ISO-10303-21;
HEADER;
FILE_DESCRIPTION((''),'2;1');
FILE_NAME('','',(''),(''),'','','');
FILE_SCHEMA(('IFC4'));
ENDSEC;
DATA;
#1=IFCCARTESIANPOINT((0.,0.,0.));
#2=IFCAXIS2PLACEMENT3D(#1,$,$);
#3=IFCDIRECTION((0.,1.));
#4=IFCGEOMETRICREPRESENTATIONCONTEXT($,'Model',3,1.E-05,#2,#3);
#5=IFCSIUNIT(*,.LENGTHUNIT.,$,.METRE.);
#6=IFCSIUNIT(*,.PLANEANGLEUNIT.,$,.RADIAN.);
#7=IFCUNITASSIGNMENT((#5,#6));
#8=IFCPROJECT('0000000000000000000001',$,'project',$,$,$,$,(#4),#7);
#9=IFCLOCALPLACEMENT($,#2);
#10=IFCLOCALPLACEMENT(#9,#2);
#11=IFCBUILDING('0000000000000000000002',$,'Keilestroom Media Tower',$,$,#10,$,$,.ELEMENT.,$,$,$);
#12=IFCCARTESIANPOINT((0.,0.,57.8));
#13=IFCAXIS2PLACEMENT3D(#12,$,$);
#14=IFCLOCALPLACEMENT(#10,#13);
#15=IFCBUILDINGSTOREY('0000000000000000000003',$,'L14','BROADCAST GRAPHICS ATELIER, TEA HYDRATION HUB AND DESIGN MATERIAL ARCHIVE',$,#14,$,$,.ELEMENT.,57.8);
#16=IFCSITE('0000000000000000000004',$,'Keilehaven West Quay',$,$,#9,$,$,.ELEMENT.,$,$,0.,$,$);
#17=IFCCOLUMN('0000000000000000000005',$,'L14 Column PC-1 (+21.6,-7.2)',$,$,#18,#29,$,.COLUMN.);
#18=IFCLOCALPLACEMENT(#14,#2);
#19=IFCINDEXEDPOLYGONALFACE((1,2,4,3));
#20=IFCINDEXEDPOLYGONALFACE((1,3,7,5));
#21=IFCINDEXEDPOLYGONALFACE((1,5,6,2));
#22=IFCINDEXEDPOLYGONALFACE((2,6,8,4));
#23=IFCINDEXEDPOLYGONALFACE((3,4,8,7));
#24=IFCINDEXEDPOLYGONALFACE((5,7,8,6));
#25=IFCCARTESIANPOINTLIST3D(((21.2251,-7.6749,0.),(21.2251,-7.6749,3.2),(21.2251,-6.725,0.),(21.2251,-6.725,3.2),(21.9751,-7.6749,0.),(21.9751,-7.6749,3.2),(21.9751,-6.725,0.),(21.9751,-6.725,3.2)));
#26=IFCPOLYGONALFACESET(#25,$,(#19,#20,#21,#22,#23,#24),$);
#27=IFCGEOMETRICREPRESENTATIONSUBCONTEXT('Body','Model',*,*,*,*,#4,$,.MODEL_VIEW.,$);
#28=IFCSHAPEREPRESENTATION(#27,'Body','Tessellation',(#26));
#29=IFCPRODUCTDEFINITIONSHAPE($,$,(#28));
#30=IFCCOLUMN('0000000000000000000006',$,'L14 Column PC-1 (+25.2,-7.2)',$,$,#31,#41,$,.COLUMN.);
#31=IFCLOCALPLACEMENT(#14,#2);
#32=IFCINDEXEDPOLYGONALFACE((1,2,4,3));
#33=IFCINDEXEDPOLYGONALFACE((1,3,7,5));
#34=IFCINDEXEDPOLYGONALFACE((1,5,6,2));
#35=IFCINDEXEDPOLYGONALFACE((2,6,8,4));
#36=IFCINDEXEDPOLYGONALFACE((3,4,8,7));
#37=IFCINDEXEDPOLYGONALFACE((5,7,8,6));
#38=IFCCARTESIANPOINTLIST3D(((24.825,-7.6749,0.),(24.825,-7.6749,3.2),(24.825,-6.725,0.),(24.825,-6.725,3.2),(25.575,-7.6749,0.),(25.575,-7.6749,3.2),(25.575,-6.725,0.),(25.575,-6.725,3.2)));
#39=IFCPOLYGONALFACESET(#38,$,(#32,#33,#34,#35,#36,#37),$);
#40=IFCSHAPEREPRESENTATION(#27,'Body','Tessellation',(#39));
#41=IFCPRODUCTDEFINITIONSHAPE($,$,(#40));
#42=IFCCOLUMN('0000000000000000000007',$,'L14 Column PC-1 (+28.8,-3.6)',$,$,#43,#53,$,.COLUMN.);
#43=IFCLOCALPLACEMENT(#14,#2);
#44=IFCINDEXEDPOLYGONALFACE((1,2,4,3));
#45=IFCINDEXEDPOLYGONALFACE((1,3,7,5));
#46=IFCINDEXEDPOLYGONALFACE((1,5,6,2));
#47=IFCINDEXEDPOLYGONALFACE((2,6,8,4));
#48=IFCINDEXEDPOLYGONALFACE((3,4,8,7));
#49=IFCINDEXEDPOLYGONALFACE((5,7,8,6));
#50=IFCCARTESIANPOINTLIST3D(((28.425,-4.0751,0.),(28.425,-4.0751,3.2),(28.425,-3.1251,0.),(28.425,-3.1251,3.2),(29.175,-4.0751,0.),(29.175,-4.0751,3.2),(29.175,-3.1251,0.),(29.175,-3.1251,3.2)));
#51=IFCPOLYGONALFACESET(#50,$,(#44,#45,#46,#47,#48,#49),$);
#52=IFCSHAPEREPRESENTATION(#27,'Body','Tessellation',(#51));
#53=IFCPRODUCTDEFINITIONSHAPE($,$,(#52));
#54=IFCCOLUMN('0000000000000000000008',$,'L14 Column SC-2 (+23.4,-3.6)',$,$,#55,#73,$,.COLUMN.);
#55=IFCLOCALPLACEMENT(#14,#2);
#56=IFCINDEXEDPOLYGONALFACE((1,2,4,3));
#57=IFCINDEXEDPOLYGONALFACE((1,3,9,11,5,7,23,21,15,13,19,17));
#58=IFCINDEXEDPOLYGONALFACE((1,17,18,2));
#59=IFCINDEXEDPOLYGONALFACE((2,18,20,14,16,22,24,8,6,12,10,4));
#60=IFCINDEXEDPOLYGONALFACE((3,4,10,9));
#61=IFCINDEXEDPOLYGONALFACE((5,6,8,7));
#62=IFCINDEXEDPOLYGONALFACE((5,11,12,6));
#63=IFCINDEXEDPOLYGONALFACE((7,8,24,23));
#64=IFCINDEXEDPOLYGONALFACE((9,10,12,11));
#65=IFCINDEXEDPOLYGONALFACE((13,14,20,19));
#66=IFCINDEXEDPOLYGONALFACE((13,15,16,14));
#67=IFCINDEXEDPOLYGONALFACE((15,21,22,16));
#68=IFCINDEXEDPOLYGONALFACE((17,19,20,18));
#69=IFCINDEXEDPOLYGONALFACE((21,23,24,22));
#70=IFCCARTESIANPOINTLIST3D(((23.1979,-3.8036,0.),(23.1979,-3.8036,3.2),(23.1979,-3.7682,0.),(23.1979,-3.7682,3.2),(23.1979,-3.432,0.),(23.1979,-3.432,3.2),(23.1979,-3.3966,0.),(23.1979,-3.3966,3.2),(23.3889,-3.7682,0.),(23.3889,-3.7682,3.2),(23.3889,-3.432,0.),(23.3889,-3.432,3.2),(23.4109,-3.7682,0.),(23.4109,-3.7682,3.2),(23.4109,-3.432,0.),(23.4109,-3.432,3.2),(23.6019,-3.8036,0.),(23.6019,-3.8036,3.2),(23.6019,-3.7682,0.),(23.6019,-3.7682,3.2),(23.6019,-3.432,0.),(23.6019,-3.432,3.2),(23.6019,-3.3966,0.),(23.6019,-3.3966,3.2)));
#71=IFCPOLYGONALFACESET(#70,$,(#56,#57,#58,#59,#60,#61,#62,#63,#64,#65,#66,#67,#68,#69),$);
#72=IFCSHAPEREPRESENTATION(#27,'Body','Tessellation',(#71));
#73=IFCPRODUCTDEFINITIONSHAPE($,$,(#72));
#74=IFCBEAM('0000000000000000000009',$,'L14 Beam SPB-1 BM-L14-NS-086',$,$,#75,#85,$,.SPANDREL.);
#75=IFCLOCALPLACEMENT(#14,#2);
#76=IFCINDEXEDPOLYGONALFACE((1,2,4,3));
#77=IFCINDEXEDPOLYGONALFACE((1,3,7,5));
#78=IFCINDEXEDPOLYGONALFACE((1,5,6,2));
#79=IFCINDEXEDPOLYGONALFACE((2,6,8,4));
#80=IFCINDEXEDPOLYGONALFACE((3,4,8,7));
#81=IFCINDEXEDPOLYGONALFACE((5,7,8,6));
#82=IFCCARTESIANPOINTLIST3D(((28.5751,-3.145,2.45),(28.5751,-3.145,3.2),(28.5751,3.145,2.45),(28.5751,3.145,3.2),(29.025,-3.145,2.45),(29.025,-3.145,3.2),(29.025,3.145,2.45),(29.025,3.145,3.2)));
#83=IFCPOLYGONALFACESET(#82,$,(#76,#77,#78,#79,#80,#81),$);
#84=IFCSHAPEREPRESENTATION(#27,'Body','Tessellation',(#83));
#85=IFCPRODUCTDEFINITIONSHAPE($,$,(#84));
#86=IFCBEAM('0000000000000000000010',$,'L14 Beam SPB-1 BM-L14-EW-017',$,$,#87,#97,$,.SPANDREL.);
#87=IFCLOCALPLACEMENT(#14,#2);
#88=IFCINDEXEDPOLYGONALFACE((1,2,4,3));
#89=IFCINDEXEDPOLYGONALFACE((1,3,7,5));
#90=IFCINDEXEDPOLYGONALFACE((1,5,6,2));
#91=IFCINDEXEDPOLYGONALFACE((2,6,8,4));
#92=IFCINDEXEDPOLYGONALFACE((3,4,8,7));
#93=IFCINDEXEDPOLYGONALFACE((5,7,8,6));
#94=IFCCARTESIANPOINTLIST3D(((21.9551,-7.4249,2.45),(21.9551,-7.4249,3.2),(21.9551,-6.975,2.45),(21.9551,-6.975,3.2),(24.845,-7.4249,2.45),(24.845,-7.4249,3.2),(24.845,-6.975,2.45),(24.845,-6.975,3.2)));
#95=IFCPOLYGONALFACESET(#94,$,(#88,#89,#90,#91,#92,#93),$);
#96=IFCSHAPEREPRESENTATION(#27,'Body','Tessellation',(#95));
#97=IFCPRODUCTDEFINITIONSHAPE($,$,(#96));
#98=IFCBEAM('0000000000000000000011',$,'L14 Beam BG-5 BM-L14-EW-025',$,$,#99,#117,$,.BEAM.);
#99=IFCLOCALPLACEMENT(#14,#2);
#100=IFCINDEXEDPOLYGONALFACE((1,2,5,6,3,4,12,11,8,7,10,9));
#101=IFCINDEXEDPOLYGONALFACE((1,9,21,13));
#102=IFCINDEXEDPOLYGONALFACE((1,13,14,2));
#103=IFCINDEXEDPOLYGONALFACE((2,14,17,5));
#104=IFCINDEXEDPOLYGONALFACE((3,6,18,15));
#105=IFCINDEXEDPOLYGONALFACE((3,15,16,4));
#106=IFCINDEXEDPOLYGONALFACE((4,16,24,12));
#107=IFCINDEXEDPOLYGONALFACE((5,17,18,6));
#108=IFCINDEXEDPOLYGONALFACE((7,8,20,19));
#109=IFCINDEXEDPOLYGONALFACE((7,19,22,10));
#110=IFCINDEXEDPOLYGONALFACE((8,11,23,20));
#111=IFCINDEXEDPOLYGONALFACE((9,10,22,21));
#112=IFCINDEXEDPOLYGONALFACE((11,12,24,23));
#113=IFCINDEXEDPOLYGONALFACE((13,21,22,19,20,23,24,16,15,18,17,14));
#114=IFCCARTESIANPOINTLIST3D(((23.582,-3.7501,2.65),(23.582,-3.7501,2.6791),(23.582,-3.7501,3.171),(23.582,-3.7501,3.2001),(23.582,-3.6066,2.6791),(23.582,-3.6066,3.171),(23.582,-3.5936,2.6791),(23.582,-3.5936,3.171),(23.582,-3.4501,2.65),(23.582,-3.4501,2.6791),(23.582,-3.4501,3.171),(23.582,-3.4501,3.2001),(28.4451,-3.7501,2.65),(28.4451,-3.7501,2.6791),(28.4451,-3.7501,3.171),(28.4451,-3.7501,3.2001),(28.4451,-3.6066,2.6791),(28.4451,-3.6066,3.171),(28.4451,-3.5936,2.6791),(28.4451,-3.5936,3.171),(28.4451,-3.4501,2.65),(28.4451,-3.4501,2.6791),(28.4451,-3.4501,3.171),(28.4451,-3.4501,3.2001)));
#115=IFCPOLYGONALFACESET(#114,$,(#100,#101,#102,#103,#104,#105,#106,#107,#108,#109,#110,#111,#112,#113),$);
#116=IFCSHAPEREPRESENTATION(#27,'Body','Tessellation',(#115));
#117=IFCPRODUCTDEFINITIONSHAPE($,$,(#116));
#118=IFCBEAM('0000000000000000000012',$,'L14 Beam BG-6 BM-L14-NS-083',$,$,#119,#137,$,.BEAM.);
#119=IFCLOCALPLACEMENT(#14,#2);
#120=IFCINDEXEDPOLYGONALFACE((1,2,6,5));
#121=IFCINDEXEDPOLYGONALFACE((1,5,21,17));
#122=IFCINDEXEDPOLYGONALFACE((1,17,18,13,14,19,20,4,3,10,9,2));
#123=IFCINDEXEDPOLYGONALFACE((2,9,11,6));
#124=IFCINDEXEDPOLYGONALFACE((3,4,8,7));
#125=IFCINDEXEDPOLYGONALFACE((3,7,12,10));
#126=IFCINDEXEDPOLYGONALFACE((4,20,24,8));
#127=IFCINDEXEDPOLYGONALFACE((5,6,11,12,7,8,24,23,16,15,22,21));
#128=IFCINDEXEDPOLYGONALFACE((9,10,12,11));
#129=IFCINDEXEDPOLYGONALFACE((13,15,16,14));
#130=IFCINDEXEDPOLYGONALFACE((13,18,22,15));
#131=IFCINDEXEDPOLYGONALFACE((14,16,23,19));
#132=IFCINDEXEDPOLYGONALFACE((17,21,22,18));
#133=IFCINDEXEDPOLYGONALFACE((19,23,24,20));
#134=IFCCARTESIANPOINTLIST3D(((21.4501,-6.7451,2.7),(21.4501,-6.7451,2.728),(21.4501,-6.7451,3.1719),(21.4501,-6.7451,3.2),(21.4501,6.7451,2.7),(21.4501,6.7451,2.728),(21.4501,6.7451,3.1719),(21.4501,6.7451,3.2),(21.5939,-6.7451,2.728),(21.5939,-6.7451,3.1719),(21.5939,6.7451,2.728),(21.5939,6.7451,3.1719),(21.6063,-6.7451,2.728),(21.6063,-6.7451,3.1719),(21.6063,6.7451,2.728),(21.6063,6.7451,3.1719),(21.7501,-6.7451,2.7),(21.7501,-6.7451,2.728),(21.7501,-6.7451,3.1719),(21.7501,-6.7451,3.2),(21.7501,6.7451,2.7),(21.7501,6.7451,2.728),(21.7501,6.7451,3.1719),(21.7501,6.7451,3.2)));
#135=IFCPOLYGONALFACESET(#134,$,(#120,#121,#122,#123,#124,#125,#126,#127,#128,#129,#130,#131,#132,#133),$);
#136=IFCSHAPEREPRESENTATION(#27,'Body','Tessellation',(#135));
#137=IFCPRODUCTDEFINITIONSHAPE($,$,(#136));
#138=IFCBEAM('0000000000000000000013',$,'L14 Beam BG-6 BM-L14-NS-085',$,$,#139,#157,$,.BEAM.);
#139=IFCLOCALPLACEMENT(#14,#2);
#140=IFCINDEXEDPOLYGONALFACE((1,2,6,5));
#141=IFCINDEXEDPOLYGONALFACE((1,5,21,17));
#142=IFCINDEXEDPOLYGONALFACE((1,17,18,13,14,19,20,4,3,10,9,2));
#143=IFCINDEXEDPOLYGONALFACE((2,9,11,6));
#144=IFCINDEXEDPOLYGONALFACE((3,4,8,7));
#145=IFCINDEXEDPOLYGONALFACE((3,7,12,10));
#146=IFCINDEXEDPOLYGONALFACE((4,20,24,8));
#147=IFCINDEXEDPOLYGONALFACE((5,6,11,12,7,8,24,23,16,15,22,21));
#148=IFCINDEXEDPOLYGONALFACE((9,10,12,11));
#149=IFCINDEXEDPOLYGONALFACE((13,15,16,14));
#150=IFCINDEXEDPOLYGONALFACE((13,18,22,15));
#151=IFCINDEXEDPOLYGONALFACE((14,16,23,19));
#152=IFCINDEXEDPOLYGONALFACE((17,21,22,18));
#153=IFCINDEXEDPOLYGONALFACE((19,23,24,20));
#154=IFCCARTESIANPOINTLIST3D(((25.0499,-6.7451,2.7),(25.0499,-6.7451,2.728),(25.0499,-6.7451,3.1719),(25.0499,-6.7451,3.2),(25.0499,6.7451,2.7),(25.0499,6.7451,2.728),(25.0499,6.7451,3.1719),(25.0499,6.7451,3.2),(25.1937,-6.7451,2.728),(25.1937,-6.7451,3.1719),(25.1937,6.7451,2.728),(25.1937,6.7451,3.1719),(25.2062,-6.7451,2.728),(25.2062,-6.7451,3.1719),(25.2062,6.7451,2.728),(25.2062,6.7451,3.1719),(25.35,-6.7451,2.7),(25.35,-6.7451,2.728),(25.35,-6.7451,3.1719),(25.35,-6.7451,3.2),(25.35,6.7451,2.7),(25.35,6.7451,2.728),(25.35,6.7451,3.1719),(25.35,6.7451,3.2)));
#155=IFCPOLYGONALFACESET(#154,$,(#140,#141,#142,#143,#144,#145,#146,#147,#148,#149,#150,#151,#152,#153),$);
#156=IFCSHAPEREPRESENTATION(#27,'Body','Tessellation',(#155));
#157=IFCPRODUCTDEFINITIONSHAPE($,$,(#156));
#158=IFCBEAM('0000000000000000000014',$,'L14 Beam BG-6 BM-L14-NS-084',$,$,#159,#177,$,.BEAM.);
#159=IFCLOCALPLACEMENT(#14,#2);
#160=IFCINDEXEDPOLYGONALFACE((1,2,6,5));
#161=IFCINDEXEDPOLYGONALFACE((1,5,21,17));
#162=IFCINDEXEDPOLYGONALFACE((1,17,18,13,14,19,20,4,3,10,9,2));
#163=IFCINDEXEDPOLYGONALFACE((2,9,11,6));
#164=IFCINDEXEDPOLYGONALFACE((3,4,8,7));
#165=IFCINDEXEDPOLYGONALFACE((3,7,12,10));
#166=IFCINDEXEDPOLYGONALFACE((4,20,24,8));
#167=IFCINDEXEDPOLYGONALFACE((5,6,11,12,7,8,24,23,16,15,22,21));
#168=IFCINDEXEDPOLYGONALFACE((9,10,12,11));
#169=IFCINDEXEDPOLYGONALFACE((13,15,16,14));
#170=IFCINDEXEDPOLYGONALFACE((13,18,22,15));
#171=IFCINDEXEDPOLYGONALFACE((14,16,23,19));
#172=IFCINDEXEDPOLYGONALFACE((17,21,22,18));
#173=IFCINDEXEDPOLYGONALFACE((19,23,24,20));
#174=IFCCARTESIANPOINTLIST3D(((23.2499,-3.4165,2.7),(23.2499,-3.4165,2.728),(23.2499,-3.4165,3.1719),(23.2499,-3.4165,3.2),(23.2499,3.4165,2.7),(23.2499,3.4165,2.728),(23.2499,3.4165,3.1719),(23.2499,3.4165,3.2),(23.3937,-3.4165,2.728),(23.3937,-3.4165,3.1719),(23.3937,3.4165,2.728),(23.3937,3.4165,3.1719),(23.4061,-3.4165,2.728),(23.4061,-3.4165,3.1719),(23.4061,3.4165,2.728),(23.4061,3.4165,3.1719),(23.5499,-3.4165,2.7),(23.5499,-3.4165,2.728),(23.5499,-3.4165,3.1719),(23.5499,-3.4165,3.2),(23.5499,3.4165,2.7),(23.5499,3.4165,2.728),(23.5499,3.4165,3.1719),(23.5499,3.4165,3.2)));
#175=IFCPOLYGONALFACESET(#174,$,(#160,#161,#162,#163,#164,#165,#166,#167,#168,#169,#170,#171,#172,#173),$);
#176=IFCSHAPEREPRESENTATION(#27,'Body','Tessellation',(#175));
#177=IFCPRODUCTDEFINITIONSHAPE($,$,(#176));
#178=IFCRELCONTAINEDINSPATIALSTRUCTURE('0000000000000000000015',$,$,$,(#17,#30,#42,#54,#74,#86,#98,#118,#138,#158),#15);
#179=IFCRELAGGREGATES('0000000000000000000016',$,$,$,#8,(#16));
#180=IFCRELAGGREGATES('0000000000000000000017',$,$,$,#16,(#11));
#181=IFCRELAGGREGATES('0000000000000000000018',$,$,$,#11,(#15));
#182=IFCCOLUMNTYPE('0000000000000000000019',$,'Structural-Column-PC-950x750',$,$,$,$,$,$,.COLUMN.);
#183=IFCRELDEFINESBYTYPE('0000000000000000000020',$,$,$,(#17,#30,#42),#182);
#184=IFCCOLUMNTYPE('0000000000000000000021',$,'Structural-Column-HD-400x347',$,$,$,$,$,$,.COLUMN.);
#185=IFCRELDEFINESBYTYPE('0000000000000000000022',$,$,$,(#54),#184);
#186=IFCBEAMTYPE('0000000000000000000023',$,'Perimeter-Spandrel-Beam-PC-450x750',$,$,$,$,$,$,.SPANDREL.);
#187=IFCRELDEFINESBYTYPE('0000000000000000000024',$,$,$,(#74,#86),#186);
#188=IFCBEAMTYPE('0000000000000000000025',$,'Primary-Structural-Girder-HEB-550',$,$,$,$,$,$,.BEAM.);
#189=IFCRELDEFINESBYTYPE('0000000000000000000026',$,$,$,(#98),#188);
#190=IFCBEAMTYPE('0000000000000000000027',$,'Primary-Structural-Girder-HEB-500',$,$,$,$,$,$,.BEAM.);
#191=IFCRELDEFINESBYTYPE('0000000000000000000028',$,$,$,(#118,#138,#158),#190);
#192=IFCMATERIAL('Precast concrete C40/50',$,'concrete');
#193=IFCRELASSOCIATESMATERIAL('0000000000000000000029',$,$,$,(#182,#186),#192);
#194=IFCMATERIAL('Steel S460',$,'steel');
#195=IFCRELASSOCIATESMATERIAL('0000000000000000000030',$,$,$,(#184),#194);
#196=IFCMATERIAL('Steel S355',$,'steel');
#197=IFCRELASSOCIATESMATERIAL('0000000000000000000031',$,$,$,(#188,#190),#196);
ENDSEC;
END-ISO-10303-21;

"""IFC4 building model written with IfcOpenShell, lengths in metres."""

from ifc_helpers import new_model, si_unit, direction, frame, origin, origin_2d, place, context, subcontext, project, spatial, rectangle, i_section, extrude, source, transform, mapped, material, material_profile, profile_set, type_object, element, save


model = new_model("IFC4")

# Units and contexts
model_context = context("Model", 3, precision=1e-05, world=origin(), true_north=direction((0.0, 1.0)))
body_context = subcontext(model_context, "Body", "Model", "MODEL_VIEW")
ifc_project = project(units=[si_unit("LENGTHUNIT", "METRE"), si_unit("PLANEANGLEUNIT", "RADIAN")], contexts=[model_context])

# Site, building, storey
site_placement = place(None, origin())
site = spatial("IfcSite", under=ifc_project, at=site_placement, Name="Keilehaven West Quay", CompositionType="ELEMENT", RefElevation=0.0)
building_placement = place(site_placement, origin())
building = spatial("IfcBuilding", under=site, at=building_placement, Name="Keilestroom Media Tower", CompositionType="ELEMENT")
storey_placement = place(building_placement, frame((0.0, 0.0, 57.8)))
storey = spatial("IfcBuildingStorey", under=building, at=storey_placement, Name="L14", Description="BROADCAST GRAPHICS ATELIER, TEA HYDRATION HUB AND DESIGN MATERIAL ARCHIVE", CompositionType="ELEMENT", Elevation=57.8)

# Columns
ifc_material_1 = material(Name="Precast concrete C40/50", Category="concrete")
ifc_material_profile_1 = material_profile(ifc_material_1, rectangle(XDim=0.75, YDim=0.95, at=origin_2d()), Name="PC 950x750")
ifc_profile_set_1 = profile_set([ifc_material_profile_1], Name="Precast concrete C40/50")
column_type_1 = type_object("IfcColumnType", Name="Structural-Column-PC-950x750", PredefinedType="COLUMN", material=ifc_profile_set_1)
shared_shape_1 = source(origin(), body_context, "Body", "SweptSolid", [
    extrude(rectangle(XDim=0.75, YDim=0.95, at=origin_2d()), origin(), (0.0, 0.0, 1.0), 3.2),
])
for number, where, z_axis, x_axis, name in (
    (1, (21.6001, -7.2, 0.0), (0.0, 0.0, 1.0), (1.0, 0.0, 0.0), "L14 Column PC-1 (+21.6,-7.2)"),
    (2, (25.2, -7.2, 0.0), (0.0, 0.0, 1.0), (1.0, 0.0, 0.0), "L14 Column PC-1 (+25.2,-7.2)"),
    (3, (28.8, -3.6001, 0.0), (0.0, 0.0, 1.0), (1.0, 0.0, 0.0), "L14 Column PC-1 (+28.8,-3.6)"),
):
    element("IfcColumn", number, at=place(storey_placement, frame(where, z_axis=z_axis, x_axis=x_axis)), inside=storey, type_object=column_type_1, Name=name, PredefinedType="COLUMN", context=body_context, shape_type="MappedRepresentation", body=[
        mapped(shared_shape_1, transform((0.0, 0.0, 0.0), x_axis=(1.0, 0.0, 0.0), y_axis=(0.0, 1.0, 0.0), z_axis=(0.0, 0.0, 1.0), scale=1.0)),
    ])
ifc_material_2 = material(Name="Steel S460", Category="steel")
ifc_material_profile_2 = material_profile(ifc_material_2, i_section(OverallWidth=0.4041, OverallDepth=0.407, WebThickness=0.022, FlangeThickness=0.0354, at=origin_2d()), Name="HD 400x347")
ifc_profile_set_2 = profile_set([ifc_material_profile_2], Name="Steel S460")
column_type_2 = type_object("IfcColumnType", Name="Structural-Column-HD-400x347", PredefinedType="COLUMN", material=ifc_profile_set_2)
shared_shape_2 = source(origin(), body_context, "Body", "SweptSolid", [
    extrude(i_section(OverallWidth=0.4041, OverallDepth=0.407, WebThickness=0.022, FlangeThickness=0.0354, at=origin_2d()), origin(), (0.0, 0.0, 1.0), 3.2),
])
column_placement = place(storey_placement, frame((23.3999, -3.6001, 0.0), z_axis=(0.0, 0.0, 1.0), x_axis=(1.0, 0.0, 0.0)))
element("IfcColumn", 4, at=column_placement, inside=storey, type_object=column_type_2, Name="L14 Column SC-2 (+23.4,-3.6)", PredefinedType="COLUMN", context=body_context, shape_type="MappedRepresentation", body=[
    mapped(shared_shape_2, transform((0.0, 0.0, 0.0), x_axis=(1.0, 0.0, 0.0), y_axis=(0.0, 1.0, 0.0), z_axis=(0.0, 0.0, 1.0), scale=1.0)),
])

# Beams
ifc_material_profile_3 = material_profile(ifc_material_1, rectangle(XDim=0.45, YDim=0.75, at=origin_2d()), Name="PC 450x750")
ifc_profile_set_3 = profile_set([ifc_material_profile_3], Name="Precast concrete C40/50")
beam_type_1 = type_object("IfcBeamType", Name="Perimeter-Spandrel-Beam-PC-450x750", PredefinedType="SPANDREL", material=ifc_profile_set_3)
shared_shape_3 = source(origin(), body_context, "Body", "SweptSolid", [
    extrude(rectangle(XDim=0.45, YDim=0.75, at=origin_2d()), origin(), (0.0, 0.0, 1.0), 6.29),
])
beam_1_placement = place(storey_placement, frame((28.8, -3.145, 2.825), z_axis=(0.0, 1.0, 0.0), x_axis=(-1.0, 0.0, 0.0)))
element("IfcBeam", 5, at=beam_1_placement, inside=storey, type_object=beam_type_1, Name="L14 Beam SPB-1 BM-L14-NS-086", PredefinedType="SPANDREL", context=body_context, shape_type="MappedRepresentation", body=[
    mapped(shared_shape_3, transform((0.0, 0.0, 0.0), x_axis=(1.0, 0.0, 0.0), y_axis=(0.0, 1.0, 0.0), z_axis=(0.0, 0.0, 1.0), scale=1.0)),
])
shared_shape_4 = source(origin(), body_context, "Body", "SweptSolid", [
    extrude(rectangle(XDim=0.45, YDim=0.75, at=origin_2d()), origin(), (0.0, 0.0, 1.0), 2.8899),
])
beam_2_placement = place(storey_placement, frame((21.9551, -7.2, 2.825), z_axis=(1.0, 0.0, 0.0), x_axis=(0.0, 1.0, 0.0)))
element("IfcBeam", 6, at=beam_2_placement, inside=storey, type_object=beam_type_1, Name="L14 Beam SPB-1 BM-L14-EW-017", PredefinedType="SPANDREL", context=body_context, shape_type="MappedRepresentation", body=[
    mapped(shared_shape_4, transform((0.0, 0.0, 0.0), x_axis=(1.0, 0.0, 0.0), y_axis=(0.0, 1.0, 0.0), z_axis=(0.0, 0.0, 1.0), scale=1.0)),
])
ifc_material_3 = material(Name="Steel S355", Category="steel")
ifc_material_profile_4 = material_profile(ifc_material_3, i_section(OverallWidth=0.3, OverallDepth=0.55, WebThickness=0.0129, FlangeThickness=0.0291, at=origin_2d()), Name="HEB 550")
ifc_profile_set_4 = profile_set([ifc_material_profile_4], Name="Steel S355")
beam_type_2 = type_object("IfcBeamType", Name="Primary-Structural-Girder-HEB-550", PredefinedType="BEAM", material=ifc_profile_set_4)
shared_shape_5 = source(origin(), body_context, "Body", "SweptSolid", [
    extrude(i_section(OverallWidth=0.3, OverallDepth=0.55, WebThickness=0.0129, FlangeThickness=0.0291, at=origin_2d()), origin(), (0.0, 0.0, 1.0), 4.863),
])
beam_3_placement = place(storey_placement, frame((23.582, -3.6001, 2.925), z_axis=(1.0, 0.0, 0.0), x_axis=(0.0, 1.0, 0.0)))
element("IfcBeam", 7, at=beam_3_placement, inside=storey, type_object=beam_type_2, Name="L14 Beam BG-5 BM-L14-EW-025", PredefinedType="BEAM", context=body_context, shape_type="MappedRepresentation", body=[
    mapped(shared_shape_5, transform((0.0, 0.0, 0.0), x_axis=(1.0, 0.0, 0.0), y_axis=(0.0, 1.0, 0.0), z_axis=(0.0, 0.0, 1.0), scale=1.0)),
])
ifc_material_profile_5 = material_profile(ifc_material_3, i_section(OverallWidth=0.3, OverallDepth=0.5, WebThickness=0.0125, FlangeThickness=0.0281, at=origin_2d()), Name="HEB 500")
ifc_profile_set_5 = profile_set([ifc_material_profile_5], Name="Steel S355")
beam_type_3 = type_object("IfcBeamType", Name="Primary-Structural-Girder-HEB-500", PredefinedType="BEAM", material=ifc_profile_set_5)
shared_shape_6 = source(origin(), body_context, "Body", "SweptSolid", [
    extrude(i_section(OverallWidth=0.3, OverallDepth=0.5, WebThickness=0.0125, FlangeThickness=0.0281, at=origin_2d()), origin(), (0.0, 0.0, 1.0), 13.4902),
])
for number, where, z_axis, x_axis, name in (
    (8, (21.6001, -6.7451, 2.95), (0.0, 1.0, 0.0), (-1.0, 0.0, 0.0), "L14 Beam BG-6 BM-L14-NS-083"),
    (9, (25.2, -6.7451, 2.95), (0.0, 1.0, 0.0), (-1.0, 0.0, 0.0), "L14 Beam BG-6 BM-L14-NS-085"),
):
    element("IfcBeam", number, at=place(storey_placement, frame(where, z_axis=z_axis, x_axis=x_axis)), inside=storey, type_object=beam_type_3, Name=name, PredefinedType="BEAM", context=body_context, shape_type="MappedRepresentation", body=[
        mapped(shared_shape_6, transform((0.0, 0.0, 0.0), x_axis=(1.0, 0.0, 0.0), y_axis=(0.0, 1.0, 0.0), z_axis=(0.0, 0.0, 1.0), scale=1.0)),
    ])
shared_shape_7 = source(origin(), body_context, "Body", "SweptSolid", [
    extrude(i_section(OverallWidth=0.3, OverallDepth=0.5, WebThickness=0.0125, FlangeThickness=0.0281, at=origin_2d()), origin(), (0.0, 0.0, 1.0), 6.833),
])
beam_4_placement = place(storey_placement, frame((23.3999, -3.4165, 2.95), z_axis=(0.0, 1.0, 0.0), x_axis=(-1.0, 0.0, 0.0)))
element("IfcBeam", 10, at=beam_4_placement, inside=storey, type_object=beam_type_3, Name="L14 Beam BG-6 BM-L14-NS-084", PredefinedType="BEAM", context=body_context, shape_type="MappedRepresentation", body=[
    mapped(shared_shape_7, transform((0.0, 0.0, 0.0), x_axis=(1.0, 0.0, 0.0), y_axis=(0.0, 1.0, 0.0), z_axis=(0.0, 0.0, 1.0), scale=1.0)),
])

save(model, "model.ifc")
